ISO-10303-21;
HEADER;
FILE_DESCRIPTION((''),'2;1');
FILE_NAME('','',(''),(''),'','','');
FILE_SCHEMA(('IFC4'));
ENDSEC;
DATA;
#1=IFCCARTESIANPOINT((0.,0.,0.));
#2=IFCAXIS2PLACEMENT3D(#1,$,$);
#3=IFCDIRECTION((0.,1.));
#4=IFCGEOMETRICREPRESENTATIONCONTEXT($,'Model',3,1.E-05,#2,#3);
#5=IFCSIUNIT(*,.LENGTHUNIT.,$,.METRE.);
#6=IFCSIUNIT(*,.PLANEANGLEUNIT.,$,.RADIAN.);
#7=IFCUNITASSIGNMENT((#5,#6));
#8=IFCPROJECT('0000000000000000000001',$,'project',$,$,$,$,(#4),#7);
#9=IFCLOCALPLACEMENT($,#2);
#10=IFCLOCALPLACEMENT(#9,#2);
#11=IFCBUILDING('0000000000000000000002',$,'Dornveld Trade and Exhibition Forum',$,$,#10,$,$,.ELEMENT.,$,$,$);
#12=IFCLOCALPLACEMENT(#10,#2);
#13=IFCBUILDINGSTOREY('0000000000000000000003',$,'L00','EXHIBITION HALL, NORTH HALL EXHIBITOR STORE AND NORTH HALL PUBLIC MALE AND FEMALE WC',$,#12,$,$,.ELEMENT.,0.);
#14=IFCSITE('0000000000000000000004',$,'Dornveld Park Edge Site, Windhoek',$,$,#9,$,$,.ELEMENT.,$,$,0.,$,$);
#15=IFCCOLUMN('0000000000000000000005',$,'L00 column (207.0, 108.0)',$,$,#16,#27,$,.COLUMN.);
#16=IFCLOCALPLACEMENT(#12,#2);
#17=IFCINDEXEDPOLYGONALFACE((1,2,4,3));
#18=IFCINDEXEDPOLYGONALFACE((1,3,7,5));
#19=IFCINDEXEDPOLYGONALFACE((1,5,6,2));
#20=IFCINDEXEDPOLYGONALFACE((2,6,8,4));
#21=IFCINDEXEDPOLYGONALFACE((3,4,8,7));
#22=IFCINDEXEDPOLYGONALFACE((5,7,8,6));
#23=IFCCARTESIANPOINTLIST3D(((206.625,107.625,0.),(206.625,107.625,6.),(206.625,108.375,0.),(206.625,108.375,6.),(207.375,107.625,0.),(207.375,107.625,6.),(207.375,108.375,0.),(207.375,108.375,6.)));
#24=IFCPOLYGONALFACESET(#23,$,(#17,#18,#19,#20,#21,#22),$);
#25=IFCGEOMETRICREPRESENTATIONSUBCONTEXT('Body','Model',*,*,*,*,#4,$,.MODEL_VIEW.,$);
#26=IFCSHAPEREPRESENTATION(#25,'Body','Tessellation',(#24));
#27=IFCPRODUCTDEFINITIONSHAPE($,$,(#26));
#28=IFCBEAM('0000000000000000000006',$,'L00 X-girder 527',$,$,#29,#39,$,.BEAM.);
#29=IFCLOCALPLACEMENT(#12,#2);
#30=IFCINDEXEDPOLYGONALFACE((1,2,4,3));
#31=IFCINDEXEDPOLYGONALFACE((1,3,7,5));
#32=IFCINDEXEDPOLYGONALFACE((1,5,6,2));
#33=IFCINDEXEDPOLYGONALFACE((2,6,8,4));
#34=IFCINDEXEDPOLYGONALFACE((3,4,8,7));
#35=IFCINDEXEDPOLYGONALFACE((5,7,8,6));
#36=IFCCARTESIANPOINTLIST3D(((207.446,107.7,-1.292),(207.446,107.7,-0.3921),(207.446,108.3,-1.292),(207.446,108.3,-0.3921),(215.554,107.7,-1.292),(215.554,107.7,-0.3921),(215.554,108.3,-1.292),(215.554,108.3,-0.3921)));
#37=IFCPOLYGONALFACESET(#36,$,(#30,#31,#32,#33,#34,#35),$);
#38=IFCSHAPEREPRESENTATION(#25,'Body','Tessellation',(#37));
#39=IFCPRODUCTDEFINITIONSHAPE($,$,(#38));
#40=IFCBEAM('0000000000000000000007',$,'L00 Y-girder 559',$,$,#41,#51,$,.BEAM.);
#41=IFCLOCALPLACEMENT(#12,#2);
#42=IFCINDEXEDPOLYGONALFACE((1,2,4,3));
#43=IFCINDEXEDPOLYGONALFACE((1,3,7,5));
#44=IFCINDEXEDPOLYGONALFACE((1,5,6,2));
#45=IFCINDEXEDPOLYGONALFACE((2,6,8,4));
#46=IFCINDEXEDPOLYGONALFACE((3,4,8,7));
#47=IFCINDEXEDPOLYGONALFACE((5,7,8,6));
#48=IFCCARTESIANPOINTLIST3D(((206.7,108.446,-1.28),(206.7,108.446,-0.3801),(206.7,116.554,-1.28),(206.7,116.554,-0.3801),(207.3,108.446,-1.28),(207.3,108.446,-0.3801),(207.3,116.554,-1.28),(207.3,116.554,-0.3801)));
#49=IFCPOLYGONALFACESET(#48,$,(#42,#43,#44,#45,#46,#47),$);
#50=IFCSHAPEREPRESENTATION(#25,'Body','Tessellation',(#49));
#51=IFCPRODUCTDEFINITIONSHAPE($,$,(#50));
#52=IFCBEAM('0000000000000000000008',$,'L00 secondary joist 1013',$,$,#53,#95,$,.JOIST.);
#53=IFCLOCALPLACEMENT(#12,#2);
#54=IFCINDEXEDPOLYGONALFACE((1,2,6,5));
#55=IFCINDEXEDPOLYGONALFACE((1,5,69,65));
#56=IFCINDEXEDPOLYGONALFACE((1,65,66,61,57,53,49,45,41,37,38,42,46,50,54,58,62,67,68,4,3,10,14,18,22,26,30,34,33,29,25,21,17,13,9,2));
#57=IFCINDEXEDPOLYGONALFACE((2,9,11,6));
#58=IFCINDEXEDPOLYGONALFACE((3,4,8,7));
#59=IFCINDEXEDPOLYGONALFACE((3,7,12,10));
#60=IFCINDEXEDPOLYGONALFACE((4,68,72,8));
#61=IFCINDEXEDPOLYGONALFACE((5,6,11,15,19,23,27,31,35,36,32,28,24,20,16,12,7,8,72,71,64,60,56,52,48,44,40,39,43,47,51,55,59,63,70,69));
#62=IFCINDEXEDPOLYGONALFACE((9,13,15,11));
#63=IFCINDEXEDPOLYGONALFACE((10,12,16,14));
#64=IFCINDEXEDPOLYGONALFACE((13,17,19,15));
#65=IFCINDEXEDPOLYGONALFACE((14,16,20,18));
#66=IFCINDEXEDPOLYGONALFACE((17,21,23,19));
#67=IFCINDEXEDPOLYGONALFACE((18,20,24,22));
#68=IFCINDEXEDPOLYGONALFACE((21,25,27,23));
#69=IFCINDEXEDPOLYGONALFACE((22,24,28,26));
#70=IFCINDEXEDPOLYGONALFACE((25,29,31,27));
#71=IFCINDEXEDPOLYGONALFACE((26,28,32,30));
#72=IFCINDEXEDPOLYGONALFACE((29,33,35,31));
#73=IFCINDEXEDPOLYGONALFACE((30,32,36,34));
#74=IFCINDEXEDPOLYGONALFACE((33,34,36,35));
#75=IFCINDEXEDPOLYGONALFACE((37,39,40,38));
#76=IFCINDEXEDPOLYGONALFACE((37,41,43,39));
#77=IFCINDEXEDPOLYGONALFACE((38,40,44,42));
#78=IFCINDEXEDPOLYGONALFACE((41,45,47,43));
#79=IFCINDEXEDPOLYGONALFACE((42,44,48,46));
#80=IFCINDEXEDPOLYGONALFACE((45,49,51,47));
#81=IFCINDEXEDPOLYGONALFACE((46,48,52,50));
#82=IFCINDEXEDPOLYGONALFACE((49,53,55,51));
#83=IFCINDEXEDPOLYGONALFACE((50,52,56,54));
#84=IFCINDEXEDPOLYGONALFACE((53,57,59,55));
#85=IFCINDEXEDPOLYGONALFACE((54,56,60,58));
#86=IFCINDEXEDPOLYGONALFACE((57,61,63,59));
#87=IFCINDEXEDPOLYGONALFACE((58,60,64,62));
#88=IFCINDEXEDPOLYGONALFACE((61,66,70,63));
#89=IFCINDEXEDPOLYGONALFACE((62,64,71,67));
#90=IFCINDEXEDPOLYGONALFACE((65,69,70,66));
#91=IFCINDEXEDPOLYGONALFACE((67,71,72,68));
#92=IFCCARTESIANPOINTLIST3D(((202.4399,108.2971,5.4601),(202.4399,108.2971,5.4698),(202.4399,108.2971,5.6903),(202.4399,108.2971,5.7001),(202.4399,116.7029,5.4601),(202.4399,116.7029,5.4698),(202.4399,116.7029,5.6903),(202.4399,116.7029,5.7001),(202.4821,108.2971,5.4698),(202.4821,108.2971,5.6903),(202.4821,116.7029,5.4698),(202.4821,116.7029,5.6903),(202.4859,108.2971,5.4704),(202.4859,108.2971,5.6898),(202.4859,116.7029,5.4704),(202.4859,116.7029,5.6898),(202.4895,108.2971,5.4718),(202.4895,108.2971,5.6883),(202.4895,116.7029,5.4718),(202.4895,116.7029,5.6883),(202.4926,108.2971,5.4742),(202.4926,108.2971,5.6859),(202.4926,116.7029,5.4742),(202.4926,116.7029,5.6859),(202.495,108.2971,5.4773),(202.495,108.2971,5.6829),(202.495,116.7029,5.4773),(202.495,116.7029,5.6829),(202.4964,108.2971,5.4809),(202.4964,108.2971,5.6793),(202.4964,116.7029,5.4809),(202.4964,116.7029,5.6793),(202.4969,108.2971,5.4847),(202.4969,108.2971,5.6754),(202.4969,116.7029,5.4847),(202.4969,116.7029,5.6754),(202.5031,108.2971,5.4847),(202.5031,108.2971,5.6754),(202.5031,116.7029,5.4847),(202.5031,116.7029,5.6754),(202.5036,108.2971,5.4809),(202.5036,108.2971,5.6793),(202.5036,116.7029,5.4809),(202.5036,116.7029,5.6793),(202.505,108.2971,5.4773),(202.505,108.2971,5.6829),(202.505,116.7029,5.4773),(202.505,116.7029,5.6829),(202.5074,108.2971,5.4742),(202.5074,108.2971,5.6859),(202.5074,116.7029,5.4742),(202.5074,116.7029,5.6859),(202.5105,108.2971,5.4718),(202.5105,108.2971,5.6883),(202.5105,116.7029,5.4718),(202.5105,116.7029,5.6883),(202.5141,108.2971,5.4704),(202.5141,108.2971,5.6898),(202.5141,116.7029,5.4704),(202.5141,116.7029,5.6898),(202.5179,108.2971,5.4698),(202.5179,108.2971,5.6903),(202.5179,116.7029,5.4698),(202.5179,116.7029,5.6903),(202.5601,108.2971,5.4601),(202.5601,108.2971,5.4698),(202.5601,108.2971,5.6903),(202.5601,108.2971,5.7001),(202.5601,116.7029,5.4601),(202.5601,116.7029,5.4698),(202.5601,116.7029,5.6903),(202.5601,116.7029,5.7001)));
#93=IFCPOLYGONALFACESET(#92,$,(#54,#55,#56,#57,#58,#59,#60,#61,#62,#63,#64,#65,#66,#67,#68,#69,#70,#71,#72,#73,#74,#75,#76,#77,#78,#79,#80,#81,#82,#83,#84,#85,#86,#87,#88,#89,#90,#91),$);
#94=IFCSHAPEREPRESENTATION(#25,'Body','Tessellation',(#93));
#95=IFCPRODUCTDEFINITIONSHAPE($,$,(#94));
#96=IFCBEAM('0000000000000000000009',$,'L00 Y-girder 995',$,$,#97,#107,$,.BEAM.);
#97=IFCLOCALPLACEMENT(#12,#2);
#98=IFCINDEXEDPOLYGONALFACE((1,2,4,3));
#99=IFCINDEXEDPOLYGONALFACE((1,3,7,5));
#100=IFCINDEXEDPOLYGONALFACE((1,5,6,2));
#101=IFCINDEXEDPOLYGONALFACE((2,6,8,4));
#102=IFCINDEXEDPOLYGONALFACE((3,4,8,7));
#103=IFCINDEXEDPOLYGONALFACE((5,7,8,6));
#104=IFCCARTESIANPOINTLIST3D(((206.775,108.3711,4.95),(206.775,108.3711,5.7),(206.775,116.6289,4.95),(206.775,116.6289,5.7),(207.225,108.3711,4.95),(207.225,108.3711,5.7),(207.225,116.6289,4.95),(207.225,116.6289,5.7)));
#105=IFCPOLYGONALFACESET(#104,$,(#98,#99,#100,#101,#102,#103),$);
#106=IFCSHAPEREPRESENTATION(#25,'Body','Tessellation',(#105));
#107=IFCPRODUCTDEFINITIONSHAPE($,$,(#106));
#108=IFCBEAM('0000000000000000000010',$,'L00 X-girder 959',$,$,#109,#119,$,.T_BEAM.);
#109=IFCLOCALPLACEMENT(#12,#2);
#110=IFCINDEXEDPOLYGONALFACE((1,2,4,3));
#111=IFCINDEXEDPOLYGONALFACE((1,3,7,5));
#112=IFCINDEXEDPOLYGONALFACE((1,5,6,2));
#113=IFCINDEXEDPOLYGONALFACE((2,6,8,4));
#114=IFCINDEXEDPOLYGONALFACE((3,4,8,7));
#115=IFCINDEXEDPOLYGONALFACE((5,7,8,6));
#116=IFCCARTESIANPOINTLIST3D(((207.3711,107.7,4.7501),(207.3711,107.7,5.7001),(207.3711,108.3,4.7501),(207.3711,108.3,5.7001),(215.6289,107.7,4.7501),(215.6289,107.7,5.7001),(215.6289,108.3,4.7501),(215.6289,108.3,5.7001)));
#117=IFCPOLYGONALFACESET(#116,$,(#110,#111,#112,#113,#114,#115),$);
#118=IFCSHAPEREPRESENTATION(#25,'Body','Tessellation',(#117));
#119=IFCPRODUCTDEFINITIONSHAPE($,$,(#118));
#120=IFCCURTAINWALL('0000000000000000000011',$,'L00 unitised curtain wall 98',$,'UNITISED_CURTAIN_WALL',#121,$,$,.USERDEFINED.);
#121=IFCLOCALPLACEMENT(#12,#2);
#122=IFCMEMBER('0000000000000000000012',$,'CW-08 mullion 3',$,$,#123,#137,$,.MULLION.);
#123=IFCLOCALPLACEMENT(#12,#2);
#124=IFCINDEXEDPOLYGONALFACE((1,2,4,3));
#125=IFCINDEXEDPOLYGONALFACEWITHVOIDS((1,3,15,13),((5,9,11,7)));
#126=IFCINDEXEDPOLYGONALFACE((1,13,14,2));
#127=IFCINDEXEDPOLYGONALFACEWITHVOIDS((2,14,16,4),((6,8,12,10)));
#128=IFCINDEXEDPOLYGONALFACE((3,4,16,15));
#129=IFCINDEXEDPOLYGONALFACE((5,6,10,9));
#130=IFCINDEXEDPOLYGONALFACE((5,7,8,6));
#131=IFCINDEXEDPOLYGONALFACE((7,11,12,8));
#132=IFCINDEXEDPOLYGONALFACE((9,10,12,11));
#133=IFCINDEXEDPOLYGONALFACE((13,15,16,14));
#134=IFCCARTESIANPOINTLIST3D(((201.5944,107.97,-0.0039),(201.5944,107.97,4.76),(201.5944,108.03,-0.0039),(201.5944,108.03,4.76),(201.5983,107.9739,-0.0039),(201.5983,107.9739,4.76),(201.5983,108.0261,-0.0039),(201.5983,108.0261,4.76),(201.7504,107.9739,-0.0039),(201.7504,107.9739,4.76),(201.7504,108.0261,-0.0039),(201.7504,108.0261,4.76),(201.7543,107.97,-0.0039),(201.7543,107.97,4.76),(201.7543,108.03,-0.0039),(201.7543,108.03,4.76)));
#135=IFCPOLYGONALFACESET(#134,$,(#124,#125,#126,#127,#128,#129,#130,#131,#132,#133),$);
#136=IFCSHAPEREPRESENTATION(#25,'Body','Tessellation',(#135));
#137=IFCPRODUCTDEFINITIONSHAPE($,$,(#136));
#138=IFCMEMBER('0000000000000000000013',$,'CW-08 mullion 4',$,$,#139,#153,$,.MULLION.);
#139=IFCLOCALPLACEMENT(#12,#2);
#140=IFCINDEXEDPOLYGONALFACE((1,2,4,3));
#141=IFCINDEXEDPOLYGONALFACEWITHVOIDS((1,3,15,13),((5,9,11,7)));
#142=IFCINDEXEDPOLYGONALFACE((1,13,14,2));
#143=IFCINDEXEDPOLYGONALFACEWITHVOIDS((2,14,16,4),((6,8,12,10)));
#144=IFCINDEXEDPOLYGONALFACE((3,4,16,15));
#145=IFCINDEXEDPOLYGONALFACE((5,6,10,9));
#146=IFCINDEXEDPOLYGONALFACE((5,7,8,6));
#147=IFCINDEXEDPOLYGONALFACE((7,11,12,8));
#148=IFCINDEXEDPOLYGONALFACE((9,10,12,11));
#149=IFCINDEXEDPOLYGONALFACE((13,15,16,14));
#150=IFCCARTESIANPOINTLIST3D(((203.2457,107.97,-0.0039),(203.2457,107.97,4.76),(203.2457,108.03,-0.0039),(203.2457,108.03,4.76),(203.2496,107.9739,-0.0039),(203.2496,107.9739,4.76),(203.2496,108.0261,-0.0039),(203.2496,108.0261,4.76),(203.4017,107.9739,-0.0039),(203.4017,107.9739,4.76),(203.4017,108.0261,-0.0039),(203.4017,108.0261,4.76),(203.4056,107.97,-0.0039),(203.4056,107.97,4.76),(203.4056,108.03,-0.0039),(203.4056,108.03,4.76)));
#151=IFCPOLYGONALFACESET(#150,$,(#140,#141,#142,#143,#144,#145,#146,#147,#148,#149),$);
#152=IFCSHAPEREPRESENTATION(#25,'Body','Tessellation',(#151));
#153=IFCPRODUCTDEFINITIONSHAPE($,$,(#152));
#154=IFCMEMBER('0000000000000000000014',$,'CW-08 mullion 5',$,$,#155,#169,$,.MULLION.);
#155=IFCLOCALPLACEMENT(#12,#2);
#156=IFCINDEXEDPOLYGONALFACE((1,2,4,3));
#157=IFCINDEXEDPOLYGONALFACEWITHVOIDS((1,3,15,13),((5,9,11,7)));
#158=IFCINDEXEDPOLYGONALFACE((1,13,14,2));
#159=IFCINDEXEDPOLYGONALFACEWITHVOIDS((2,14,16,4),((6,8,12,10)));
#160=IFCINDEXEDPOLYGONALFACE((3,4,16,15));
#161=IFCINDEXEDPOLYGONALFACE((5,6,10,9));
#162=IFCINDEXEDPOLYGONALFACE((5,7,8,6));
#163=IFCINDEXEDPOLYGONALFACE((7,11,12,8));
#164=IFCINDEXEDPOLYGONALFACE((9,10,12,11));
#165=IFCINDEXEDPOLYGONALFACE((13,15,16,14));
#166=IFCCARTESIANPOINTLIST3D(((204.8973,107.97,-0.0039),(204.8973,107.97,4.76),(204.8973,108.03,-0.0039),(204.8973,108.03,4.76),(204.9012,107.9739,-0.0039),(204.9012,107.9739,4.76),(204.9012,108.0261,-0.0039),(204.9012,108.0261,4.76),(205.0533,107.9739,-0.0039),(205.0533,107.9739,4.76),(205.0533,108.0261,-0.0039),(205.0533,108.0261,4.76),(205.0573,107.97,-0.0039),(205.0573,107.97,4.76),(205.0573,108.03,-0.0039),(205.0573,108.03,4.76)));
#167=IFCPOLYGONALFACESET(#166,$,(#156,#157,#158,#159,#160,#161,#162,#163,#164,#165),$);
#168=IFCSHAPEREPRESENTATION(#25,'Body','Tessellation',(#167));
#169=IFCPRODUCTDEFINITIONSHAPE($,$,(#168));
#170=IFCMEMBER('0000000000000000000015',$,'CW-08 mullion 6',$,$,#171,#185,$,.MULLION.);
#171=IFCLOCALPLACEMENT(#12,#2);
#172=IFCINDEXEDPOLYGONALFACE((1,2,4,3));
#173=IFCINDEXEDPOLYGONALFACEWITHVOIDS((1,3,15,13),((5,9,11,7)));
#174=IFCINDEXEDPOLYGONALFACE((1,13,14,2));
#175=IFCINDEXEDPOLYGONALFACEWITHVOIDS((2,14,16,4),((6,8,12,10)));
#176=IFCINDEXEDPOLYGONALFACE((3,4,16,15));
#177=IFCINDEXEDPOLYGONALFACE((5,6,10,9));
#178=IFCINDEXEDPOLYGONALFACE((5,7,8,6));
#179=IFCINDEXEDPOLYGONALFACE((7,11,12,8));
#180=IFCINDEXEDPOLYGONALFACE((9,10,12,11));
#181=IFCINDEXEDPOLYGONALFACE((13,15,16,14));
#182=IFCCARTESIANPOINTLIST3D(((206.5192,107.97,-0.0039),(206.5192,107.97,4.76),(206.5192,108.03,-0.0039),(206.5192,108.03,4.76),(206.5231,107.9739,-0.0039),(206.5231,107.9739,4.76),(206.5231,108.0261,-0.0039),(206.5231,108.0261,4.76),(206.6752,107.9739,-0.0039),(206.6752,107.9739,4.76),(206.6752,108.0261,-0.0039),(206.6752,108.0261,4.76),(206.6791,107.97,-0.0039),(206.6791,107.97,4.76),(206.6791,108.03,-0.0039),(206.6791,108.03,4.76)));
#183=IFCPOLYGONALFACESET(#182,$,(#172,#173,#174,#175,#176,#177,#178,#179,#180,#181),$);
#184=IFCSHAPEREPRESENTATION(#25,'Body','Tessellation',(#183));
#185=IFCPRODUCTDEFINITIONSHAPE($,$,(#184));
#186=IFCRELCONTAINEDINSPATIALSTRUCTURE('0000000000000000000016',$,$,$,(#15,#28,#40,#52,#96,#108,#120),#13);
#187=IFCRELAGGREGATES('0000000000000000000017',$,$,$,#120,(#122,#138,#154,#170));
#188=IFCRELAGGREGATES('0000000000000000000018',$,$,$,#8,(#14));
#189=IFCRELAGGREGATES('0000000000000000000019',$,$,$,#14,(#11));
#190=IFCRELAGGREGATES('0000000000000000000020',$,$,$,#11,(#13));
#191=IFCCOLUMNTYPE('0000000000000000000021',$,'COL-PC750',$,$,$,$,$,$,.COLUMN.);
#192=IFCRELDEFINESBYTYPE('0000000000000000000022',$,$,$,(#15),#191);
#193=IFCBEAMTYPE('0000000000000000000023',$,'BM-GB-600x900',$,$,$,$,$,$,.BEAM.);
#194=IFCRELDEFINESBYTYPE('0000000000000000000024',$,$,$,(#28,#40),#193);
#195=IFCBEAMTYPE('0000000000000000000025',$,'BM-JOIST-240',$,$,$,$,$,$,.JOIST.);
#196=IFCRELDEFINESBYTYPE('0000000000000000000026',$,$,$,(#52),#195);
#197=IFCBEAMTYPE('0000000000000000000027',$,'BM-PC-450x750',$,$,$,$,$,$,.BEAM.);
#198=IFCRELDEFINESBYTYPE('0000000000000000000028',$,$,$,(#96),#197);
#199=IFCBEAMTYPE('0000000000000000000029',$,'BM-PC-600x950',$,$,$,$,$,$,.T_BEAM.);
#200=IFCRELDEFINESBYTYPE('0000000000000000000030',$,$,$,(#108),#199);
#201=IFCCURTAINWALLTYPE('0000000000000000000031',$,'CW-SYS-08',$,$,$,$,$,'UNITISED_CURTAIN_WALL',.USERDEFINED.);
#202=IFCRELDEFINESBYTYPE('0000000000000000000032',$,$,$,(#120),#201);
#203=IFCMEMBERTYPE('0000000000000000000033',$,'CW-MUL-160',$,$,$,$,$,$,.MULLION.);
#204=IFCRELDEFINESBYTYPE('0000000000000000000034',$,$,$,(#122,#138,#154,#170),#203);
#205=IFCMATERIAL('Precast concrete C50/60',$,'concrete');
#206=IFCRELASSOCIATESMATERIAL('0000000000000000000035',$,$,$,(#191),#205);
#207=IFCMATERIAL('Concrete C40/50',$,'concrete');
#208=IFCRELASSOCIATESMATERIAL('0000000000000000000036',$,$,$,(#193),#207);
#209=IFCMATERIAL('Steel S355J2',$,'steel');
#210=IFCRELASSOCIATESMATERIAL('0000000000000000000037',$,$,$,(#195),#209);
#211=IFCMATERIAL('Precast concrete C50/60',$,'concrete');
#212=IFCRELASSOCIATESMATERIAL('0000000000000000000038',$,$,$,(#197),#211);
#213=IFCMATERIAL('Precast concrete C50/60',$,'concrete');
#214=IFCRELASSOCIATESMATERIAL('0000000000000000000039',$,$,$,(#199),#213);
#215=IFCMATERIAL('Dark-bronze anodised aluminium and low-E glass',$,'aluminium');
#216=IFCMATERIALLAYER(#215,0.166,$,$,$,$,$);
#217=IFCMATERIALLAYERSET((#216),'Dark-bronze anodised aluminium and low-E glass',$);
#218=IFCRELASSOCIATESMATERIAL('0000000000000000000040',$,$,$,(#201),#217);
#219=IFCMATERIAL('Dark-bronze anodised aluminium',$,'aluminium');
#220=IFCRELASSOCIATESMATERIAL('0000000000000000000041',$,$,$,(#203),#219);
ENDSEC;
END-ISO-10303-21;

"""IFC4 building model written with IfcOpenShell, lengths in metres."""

from ifc_helpers import new_model, si_unit, direction, frame, origin, origin_2d, place, context, subcontext, project, spatial, rectangle, hollow_rectangle, i_section, extrude, material, layer, layer_set, material_profile, profile_set, type_object, element, aggregate, save


model = new_model("IFC4")

# Units and contexts
model_context = context("Model", 3, precision=1e-05, world=origin(), true_north=direction((0.0, 1.0)))
body_context = subcontext(model_context, "Body", "Model", "MODEL_VIEW")
ifc_project = project(units=[si_unit("LENGTHUNIT", "METRE"), si_unit("PLANEANGLEUNIT", "RADIAN")], contexts=[model_context])

# Site, building, storey
site_placement = place(None, origin())
site = spatial("IfcSite", under=ifc_project, at=site_placement, Name="Dornveld Park Edge Site, Windhoek", CompositionType="ELEMENT", RefElevation=0.0)
building_placement = place(site_placement, origin())
building = spatial("IfcBuilding", under=site, at=building_placement, Name="Dornveld Trade and Exhibition Forum", CompositionType="ELEMENT")
storey_placement = place(building_placement, origin())
storey = spatial("IfcBuildingStorey", under=building, at=storey_placement, Name="L00", Description="EXHIBITION HALL, NORTH HALL EXHIBITOR STORE AND NORTH HALL PUBLIC MALE AND FEMALE WC", CompositionType="ELEMENT", Elevation=0.0)

# Column
ifc_material_1 = material(Name="Precast concrete C50/60", Category="concrete")
ifc_material_profile_1 = material_profile(ifc_material_1, rectangle(XDim=0.75, YDim=0.75, at=origin_2d()), Name="PC-COL 750x750")
ifc_profile_set_1 = profile_set([ifc_material_profile_1], Name="Precast concrete C50/60")
column_type = type_object("IfcColumnType", Name="COL-PC750", PredefinedType="COLUMN", material=ifc_profile_set_1)
column_placement = place(storey_placement, frame((207.0, 108.0, 0.0), z_axis=(0.0, 0.0, 1.0), x_axis=(1.0, 0.0, 0.0)))
element("IfcColumn", 1, at=column_placement, inside=storey, type_object=column_type, Name="L00 column (207.0, 108.0)", PredefinedType="COLUMN", context=body_context, shape_type="SweptSolid", body=[
    extrude(rectangle(XDim=0.75, YDim=0.75, at=origin_2d()), origin(), (0.0, 0.0, 1.0), 6.0),
])

# Beams
ifc_material_2 = material(Name="Concrete C40/50", Category="concrete")
ifc_material_profile_2 = material_profile(ifc_material_2, rectangle(XDim=0.6001, YDim=0.8999, at=origin_2d()), Name="RC-GB 600x900")
ifc_profile_set_2 = profile_set([ifc_material_profile_2], Name="Concrete C40/50")
beam_type_1 = type_object("IfcBeamType", Name="BM-GB-600x900", PredefinedType="BEAM", material=ifc_profile_set_2)
for number, where, z_axis, x_axis, name in (
    (2, (207.446, 108.0, -0.842), (1.0, 0.0, 0.0), (0.0, 1.0, 0.0), "L00 X-girder 527"),
    (3, (207.0, 108.446, -0.8301), (0.0, 1.0, 0.0), (-1.0, 0.0, 0.0), "L00 Y-girder 559"),
):
    element("IfcBeam", number, at=place(storey_placement, frame(where, z_axis=z_axis, x_axis=x_axis)), inside=storey, type_object=beam_type_1, Name=name, PredefinedType="BEAM", context=body_context, shape_type="SweptSolid", body=[
        extrude(rectangle(XDim=0.6001, YDim=0.8999, at=origin_2d()), origin(), (0.0, 0.0, 1.0), 8.1079),
    ])
ifc_material_3 = material(Name="Steel S355J2", Category="steel")
ifc_material_profile_3 = material_profile(ifc_material_3, i_section(OverallWidth=0.1201, OverallDepth=0.24, WebThickness=0.0061, FlangeThickness=0.0098, FilletRadius=0.0149, at=origin_2d()), Name="IPE 240")
ifc_profile_set_3 = profile_set([ifc_material_profile_3], Name="Steel S355J2")
beam_type_2 = type_object("IfcBeamType", Name="BM-JOIST-240", PredefinedType="JOIST", material=ifc_profile_set_3)
beam_1_placement = place(storey_placement, frame((202.5, 108.2971, 5.5801), z_axis=(0.0, 1.0, 0.0), x_axis=(-1.0, 0.0, 0.0)))
element("IfcBeam", 4, at=beam_1_placement, inside=storey, type_object=beam_type_2, Name="L00 secondary joist 1013", PredefinedType="JOIST", context=body_context, shape_type="SweptSolid", body=[
    extrude(i_section(OverallWidth=0.1201, OverallDepth=0.24, WebThickness=0.0061, FlangeThickness=0.0098, FilletRadius=0.0149, at=origin_2d()), origin(), (0.0, 0.0, 1.0), 8.4058),
])
ifc_material_4 = material(Name="Precast concrete C50/60", Category="concrete")
ifc_material_profile_4 = material_profile(ifc_material_4, rectangle(XDim=0.45, YDim=0.75, at=origin_2d()), Name="PC-BM 450x750")
ifc_profile_set_4 = profile_set([ifc_material_profile_4], Name="Precast concrete C50/60")
beam_type_3 = type_object("IfcBeamType", Name="BM-PC-450x750", PredefinedType="BEAM", material=ifc_profile_set_4)
beam_2_placement = place(storey_placement, frame((207.0, 108.3711, 5.325), z_axis=(0.0, 1.0, 0.0), x_axis=(-1.0, 0.0, 0.0)))
element("IfcBeam", 5, at=beam_2_placement, inside=storey, type_object=beam_type_3, Name="L00 Y-girder 995", PredefinedType="BEAM", context=body_context, shape_type="SweptSolid", body=[
    extrude(rectangle(XDim=0.45, YDim=0.75, at=origin_2d()), origin(), (0.0, 0.0, 1.0), 8.2578),
])
ifc_material_5 = material(Name="Precast concrete C50/60", Category="concrete")
ifc_material_profile_5 = material_profile(ifc_material_5, rectangle(XDim=0.6001, YDim=0.95, at=origin_2d()), Name="PC-GIR 600x950")
ifc_profile_set_5 = profile_set([ifc_material_profile_5], Name="Precast concrete C50/60")
beam_type_4 = type_object("IfcBeamType", Name="BM-PC-600x950", PredefinedType="T_BEAM", material=ifc_profile_set_5)
beam_3_placement = place(storey_placement, frame((207.3711, 108.0, 5.2251), z_axis=(1.0, 0.0, 0.0), x_axis=(0.0, 1.0, 0.0)))
element("IfcBeam", 6, at=beam_3_placement, inside=storey, type_object=beam_type_4, Name="L00 X-girder 959", PredefinedType="T_BEAM", context=body_context, shape_type="SweptSolid", body=[
    extrude(rectangle(XDim=0.6001, YDim=0.95, at=origin_2d()), origin(), (0.0, 0.0, 1.0), 8.2578),
])

# Curtain wall, members
ifc_material_6 = material(Name="Dark-bronze anodised aluminium and low-E glass", Category="aluminium")
ifc_layer_1 = layer(ifc_material_6, 0.166)
ifc_layer_set_1 = layer_set([ifc_layer_1], Name="Dark-bronze anodised aluminium and low-E glass")
curtain_wall_type_1 = type_object("IfcCurtainWallType", Name="CW-SYS-08", ElementType="UNITISED_CURTAIN_WALL", PredefinedType="USERDEFINED", material=ifc_layer_set_1)
curtain_wall_1_placement = place(storey_placement, origin())
curtain_wall_1 = element("IfcCurtainWall", 7, at=curtain_wall_1_placement, inside=storey, type_object=curtain_wall_type_1, Name="L00 unitised curtain wall 98", ObjectType="UNITISED_CURTAIN_WALL", PredefinedType="USERDEFINED")
ifc_material_7 = material(Name="Dark-bronze anodised aluminium", Category="aluminium")
ifc_material_profile_6 = material_profile(ifc_material_7, hollow_rectangle(XDim=0.0601, YDim=0.1599, WallThickness=0.0039, at=origin_2d()), Name="RHS 160x60x4")
ifc_profile_set_6 = profile_set([ifc_material_profile_6], Name="Dark-bronze anodised aluminium")
member_type_1 = type_object("IfcMemberType", Name="CW-MUL-160", PredefinedType="MULLION", material=ifc_profile_set_6)
member_1_placement = place(storey_placement, frame((201.6743, 108.0, -0.0039), z_axis=(0.0, 0.0, 1.0), x_axis=(0.0, 1.0, 0.0)))
member_1 = element("IfcMember", 8, at=member_1_placement, type_object=member_type_1, Name="CW-08 mullion 3", PredefinedType="MULLION", context=body_context, shape_type="SweptSolid", body=[
    extrude(hollow_rectangle(XDim=0.0601, YDim=0.1599, WallThickness=0.0039, at=origin_2d()), origin(), (0.0, 0.0, 1.0), 4.7639),
])
member_2_placement = place(storey_placement, frame((203.3257, 108.0, -0.0039), z_axis=(0.0, 0.0, 1.0), x_axis=(0.0, 1.0, 0.0)))
member_2 = element("IfcMember", 9, at=member_2_placement, type_object=member_type_1, Name="CW-08 mullion 4", PredefinedType="MULLION", context=body_context, shape_type="SweptSolid", body=[
    extrude(hollow_rectangle(XDim=0.0601, YDim=0.1599, WallThickness=0.0039, at=origin_2d()), origin(), (0.0, 0.0, 1.0), 4.7639),
])
member_3_placement = place(storey_placement, frame((204.9773, 108.0, -0.0039), z_axis=(0.0, 0.0, 1.0), x_axis=(0.0, 1.0, 0.0)))
member_3 = element("IfcMember", 10, at=member_3_placement, type_object=member_type_1, Name="CW-08 mullion 5", PredefinedType="MULLION", context=body_context, shape_type="SweptSolid", body=[
    extrude(hollow_rectangle(XDim=0.0601, YDim=0.1599, WallThickness=0.0039, at=origin_2d()), origin(), (0.0, 0.0, 1.0), 4.7639),
])
member_4_placement = place(storey_placement, frame((206.5991, 108.0, -0.0039), z_axis=(0.0, 0.0, 1.0), x_axis=(0.0, 1.0, 0.0)))
member_4 = element("IfcMember", 11, at=member_4_placement, type_object=member_type_1, Name="CW-08 mullion 6", PredefinedType="MULLION", context=body_context, shape_type="SweptSolid", body=[
    extrude(hollow_rectangle(XDim=0.0601, YDim=0.1599, WallThickness=0.0039, at=origin_2d()), origin(), (0.0, 0.0, 1.0), 4.7639),
])

aggregate(curtain_wall_1, [member_1, member_2, member_3, member_4])

save(model, "model.ifc")
